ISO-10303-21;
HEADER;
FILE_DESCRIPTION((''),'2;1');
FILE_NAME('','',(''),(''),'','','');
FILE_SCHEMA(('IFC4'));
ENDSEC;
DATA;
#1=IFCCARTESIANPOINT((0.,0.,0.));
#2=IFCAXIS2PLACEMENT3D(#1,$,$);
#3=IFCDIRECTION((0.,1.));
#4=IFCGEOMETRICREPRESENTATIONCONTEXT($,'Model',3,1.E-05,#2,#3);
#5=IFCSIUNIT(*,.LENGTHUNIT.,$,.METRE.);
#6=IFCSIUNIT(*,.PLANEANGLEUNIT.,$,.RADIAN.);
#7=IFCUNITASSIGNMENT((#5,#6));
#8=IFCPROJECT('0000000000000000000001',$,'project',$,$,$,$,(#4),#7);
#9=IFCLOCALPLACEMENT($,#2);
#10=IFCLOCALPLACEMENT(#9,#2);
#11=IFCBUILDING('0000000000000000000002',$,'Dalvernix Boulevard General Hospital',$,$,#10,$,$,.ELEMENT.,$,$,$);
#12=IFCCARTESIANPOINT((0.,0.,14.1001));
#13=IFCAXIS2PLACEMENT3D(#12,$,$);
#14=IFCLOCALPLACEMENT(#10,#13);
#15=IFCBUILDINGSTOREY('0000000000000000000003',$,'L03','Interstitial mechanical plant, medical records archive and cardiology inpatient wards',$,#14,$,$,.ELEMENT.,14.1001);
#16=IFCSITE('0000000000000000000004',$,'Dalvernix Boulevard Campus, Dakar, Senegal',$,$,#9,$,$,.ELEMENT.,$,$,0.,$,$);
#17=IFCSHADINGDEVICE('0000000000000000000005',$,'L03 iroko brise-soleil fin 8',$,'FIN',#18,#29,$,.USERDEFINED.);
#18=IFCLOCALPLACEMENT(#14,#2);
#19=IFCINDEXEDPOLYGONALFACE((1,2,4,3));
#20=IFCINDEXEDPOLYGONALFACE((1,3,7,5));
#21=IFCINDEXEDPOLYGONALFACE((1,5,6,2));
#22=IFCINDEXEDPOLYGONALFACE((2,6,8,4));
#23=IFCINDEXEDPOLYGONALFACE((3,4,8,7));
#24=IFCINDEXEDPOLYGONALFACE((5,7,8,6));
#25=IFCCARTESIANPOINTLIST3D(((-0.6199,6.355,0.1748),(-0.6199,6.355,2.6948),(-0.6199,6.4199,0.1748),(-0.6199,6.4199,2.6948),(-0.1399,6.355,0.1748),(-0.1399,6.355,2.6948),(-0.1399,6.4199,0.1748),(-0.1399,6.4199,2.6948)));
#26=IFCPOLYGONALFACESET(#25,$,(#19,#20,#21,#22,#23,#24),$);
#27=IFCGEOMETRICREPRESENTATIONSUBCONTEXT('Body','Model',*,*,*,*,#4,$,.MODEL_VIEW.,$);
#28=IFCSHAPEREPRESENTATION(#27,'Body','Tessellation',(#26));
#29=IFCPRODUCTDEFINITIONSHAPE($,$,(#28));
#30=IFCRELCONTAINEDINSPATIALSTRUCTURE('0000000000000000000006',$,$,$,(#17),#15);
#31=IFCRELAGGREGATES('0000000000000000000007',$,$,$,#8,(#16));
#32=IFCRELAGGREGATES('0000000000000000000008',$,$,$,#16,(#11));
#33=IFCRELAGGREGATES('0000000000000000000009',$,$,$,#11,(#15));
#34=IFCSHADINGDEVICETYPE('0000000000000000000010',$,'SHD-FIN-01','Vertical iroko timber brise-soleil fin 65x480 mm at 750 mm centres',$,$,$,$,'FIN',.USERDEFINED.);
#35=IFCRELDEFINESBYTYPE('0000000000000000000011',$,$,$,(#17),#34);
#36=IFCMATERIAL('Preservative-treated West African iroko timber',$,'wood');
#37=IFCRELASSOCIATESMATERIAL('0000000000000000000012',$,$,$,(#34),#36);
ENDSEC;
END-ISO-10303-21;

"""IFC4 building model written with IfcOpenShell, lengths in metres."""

from ifc_helpers import new_model, si_unit, direction, frame, origin, origin_2d, place, context, subcontext, project, spatial, rectangle, extrude, material, type_object, element, save


model = new_model("IFC4")

# Units and contexts
model_context = context("Model", 3, precision=1e-05, world=origin(), true_north=direction((0.0, 1.0)))
body_context = subcontext(model_context, "Body", "Model", "MODEL_VIEW")
ifc_project = project(units=[si_unit("LENGTHUNIT", "METRE"), si_unit("PLANEANGLEUNIT", "RADIAN")], contexts=[model_context])

# Site, building, storey
site_placement = place(None, origin())
site = spatial("IfcSite", under=ifc_project, at=site_placement, Name="Dalvernix Boulevard Campus, Dakar, Senegal", CompositionType="ELEMENT", RefElevation=0.0)
building_placement = place(site_placement, origin())
building = spatial("IfcBuilding", under=site, at=building_placement, Name="Dalvernix Boulevard General Hospital", CompositionType="ELEMENT")
storey_placement = place(building_placement, frame((0.0, 0.0, 14.1001)))
storey = spatial("IfcBuildingStorey", under=building, at=storey_placement, Name="L03", Description="Interstitial mechanical plant, medical records archive and cardiology inpatient wards", CompositionType="ELEMENT", Elevation=14.1001)

# Shading device
ifc_material_1 = material(Name="Preservative-treated West African iroko timber", Category="wood")
shading_device_type = type_object("IfcShadingDeviceType", Name="SHD-FIN-01", Description="Vertical iroko timber brise-soleil fin 65x480 mm at 750 mm centres", ElementType="FIN", PredefinedType="USERDEFINED", material=ifc_material_1)
for number, where, z_axis, x_axis, name in (
    (1, (-0.3799, 6.3875, 0.1748), (0.0, 0.0, 1.0), (0.0, 1.0, 0.0), "L03 iroko brise-soleil fin 8"),
):
    element("IfcShadingDevice", number, at=place(storey_placement, frame(where, z_axis=z_axis, x_axis=x_axis)), inside=storey, type_object=shading_device_type, Name=name, ObjectType="FIN", PredefinedType="USERDEFINED", context=body_context, shape_type="SweptSolid", body=[
        extrude(rectangle(XDim=0.0649, YDim=0.48, at=origin_2d()), origin(), (0.0, 0.0, 1.0), 2.52),
    ])

save(model, "model.ifc")
